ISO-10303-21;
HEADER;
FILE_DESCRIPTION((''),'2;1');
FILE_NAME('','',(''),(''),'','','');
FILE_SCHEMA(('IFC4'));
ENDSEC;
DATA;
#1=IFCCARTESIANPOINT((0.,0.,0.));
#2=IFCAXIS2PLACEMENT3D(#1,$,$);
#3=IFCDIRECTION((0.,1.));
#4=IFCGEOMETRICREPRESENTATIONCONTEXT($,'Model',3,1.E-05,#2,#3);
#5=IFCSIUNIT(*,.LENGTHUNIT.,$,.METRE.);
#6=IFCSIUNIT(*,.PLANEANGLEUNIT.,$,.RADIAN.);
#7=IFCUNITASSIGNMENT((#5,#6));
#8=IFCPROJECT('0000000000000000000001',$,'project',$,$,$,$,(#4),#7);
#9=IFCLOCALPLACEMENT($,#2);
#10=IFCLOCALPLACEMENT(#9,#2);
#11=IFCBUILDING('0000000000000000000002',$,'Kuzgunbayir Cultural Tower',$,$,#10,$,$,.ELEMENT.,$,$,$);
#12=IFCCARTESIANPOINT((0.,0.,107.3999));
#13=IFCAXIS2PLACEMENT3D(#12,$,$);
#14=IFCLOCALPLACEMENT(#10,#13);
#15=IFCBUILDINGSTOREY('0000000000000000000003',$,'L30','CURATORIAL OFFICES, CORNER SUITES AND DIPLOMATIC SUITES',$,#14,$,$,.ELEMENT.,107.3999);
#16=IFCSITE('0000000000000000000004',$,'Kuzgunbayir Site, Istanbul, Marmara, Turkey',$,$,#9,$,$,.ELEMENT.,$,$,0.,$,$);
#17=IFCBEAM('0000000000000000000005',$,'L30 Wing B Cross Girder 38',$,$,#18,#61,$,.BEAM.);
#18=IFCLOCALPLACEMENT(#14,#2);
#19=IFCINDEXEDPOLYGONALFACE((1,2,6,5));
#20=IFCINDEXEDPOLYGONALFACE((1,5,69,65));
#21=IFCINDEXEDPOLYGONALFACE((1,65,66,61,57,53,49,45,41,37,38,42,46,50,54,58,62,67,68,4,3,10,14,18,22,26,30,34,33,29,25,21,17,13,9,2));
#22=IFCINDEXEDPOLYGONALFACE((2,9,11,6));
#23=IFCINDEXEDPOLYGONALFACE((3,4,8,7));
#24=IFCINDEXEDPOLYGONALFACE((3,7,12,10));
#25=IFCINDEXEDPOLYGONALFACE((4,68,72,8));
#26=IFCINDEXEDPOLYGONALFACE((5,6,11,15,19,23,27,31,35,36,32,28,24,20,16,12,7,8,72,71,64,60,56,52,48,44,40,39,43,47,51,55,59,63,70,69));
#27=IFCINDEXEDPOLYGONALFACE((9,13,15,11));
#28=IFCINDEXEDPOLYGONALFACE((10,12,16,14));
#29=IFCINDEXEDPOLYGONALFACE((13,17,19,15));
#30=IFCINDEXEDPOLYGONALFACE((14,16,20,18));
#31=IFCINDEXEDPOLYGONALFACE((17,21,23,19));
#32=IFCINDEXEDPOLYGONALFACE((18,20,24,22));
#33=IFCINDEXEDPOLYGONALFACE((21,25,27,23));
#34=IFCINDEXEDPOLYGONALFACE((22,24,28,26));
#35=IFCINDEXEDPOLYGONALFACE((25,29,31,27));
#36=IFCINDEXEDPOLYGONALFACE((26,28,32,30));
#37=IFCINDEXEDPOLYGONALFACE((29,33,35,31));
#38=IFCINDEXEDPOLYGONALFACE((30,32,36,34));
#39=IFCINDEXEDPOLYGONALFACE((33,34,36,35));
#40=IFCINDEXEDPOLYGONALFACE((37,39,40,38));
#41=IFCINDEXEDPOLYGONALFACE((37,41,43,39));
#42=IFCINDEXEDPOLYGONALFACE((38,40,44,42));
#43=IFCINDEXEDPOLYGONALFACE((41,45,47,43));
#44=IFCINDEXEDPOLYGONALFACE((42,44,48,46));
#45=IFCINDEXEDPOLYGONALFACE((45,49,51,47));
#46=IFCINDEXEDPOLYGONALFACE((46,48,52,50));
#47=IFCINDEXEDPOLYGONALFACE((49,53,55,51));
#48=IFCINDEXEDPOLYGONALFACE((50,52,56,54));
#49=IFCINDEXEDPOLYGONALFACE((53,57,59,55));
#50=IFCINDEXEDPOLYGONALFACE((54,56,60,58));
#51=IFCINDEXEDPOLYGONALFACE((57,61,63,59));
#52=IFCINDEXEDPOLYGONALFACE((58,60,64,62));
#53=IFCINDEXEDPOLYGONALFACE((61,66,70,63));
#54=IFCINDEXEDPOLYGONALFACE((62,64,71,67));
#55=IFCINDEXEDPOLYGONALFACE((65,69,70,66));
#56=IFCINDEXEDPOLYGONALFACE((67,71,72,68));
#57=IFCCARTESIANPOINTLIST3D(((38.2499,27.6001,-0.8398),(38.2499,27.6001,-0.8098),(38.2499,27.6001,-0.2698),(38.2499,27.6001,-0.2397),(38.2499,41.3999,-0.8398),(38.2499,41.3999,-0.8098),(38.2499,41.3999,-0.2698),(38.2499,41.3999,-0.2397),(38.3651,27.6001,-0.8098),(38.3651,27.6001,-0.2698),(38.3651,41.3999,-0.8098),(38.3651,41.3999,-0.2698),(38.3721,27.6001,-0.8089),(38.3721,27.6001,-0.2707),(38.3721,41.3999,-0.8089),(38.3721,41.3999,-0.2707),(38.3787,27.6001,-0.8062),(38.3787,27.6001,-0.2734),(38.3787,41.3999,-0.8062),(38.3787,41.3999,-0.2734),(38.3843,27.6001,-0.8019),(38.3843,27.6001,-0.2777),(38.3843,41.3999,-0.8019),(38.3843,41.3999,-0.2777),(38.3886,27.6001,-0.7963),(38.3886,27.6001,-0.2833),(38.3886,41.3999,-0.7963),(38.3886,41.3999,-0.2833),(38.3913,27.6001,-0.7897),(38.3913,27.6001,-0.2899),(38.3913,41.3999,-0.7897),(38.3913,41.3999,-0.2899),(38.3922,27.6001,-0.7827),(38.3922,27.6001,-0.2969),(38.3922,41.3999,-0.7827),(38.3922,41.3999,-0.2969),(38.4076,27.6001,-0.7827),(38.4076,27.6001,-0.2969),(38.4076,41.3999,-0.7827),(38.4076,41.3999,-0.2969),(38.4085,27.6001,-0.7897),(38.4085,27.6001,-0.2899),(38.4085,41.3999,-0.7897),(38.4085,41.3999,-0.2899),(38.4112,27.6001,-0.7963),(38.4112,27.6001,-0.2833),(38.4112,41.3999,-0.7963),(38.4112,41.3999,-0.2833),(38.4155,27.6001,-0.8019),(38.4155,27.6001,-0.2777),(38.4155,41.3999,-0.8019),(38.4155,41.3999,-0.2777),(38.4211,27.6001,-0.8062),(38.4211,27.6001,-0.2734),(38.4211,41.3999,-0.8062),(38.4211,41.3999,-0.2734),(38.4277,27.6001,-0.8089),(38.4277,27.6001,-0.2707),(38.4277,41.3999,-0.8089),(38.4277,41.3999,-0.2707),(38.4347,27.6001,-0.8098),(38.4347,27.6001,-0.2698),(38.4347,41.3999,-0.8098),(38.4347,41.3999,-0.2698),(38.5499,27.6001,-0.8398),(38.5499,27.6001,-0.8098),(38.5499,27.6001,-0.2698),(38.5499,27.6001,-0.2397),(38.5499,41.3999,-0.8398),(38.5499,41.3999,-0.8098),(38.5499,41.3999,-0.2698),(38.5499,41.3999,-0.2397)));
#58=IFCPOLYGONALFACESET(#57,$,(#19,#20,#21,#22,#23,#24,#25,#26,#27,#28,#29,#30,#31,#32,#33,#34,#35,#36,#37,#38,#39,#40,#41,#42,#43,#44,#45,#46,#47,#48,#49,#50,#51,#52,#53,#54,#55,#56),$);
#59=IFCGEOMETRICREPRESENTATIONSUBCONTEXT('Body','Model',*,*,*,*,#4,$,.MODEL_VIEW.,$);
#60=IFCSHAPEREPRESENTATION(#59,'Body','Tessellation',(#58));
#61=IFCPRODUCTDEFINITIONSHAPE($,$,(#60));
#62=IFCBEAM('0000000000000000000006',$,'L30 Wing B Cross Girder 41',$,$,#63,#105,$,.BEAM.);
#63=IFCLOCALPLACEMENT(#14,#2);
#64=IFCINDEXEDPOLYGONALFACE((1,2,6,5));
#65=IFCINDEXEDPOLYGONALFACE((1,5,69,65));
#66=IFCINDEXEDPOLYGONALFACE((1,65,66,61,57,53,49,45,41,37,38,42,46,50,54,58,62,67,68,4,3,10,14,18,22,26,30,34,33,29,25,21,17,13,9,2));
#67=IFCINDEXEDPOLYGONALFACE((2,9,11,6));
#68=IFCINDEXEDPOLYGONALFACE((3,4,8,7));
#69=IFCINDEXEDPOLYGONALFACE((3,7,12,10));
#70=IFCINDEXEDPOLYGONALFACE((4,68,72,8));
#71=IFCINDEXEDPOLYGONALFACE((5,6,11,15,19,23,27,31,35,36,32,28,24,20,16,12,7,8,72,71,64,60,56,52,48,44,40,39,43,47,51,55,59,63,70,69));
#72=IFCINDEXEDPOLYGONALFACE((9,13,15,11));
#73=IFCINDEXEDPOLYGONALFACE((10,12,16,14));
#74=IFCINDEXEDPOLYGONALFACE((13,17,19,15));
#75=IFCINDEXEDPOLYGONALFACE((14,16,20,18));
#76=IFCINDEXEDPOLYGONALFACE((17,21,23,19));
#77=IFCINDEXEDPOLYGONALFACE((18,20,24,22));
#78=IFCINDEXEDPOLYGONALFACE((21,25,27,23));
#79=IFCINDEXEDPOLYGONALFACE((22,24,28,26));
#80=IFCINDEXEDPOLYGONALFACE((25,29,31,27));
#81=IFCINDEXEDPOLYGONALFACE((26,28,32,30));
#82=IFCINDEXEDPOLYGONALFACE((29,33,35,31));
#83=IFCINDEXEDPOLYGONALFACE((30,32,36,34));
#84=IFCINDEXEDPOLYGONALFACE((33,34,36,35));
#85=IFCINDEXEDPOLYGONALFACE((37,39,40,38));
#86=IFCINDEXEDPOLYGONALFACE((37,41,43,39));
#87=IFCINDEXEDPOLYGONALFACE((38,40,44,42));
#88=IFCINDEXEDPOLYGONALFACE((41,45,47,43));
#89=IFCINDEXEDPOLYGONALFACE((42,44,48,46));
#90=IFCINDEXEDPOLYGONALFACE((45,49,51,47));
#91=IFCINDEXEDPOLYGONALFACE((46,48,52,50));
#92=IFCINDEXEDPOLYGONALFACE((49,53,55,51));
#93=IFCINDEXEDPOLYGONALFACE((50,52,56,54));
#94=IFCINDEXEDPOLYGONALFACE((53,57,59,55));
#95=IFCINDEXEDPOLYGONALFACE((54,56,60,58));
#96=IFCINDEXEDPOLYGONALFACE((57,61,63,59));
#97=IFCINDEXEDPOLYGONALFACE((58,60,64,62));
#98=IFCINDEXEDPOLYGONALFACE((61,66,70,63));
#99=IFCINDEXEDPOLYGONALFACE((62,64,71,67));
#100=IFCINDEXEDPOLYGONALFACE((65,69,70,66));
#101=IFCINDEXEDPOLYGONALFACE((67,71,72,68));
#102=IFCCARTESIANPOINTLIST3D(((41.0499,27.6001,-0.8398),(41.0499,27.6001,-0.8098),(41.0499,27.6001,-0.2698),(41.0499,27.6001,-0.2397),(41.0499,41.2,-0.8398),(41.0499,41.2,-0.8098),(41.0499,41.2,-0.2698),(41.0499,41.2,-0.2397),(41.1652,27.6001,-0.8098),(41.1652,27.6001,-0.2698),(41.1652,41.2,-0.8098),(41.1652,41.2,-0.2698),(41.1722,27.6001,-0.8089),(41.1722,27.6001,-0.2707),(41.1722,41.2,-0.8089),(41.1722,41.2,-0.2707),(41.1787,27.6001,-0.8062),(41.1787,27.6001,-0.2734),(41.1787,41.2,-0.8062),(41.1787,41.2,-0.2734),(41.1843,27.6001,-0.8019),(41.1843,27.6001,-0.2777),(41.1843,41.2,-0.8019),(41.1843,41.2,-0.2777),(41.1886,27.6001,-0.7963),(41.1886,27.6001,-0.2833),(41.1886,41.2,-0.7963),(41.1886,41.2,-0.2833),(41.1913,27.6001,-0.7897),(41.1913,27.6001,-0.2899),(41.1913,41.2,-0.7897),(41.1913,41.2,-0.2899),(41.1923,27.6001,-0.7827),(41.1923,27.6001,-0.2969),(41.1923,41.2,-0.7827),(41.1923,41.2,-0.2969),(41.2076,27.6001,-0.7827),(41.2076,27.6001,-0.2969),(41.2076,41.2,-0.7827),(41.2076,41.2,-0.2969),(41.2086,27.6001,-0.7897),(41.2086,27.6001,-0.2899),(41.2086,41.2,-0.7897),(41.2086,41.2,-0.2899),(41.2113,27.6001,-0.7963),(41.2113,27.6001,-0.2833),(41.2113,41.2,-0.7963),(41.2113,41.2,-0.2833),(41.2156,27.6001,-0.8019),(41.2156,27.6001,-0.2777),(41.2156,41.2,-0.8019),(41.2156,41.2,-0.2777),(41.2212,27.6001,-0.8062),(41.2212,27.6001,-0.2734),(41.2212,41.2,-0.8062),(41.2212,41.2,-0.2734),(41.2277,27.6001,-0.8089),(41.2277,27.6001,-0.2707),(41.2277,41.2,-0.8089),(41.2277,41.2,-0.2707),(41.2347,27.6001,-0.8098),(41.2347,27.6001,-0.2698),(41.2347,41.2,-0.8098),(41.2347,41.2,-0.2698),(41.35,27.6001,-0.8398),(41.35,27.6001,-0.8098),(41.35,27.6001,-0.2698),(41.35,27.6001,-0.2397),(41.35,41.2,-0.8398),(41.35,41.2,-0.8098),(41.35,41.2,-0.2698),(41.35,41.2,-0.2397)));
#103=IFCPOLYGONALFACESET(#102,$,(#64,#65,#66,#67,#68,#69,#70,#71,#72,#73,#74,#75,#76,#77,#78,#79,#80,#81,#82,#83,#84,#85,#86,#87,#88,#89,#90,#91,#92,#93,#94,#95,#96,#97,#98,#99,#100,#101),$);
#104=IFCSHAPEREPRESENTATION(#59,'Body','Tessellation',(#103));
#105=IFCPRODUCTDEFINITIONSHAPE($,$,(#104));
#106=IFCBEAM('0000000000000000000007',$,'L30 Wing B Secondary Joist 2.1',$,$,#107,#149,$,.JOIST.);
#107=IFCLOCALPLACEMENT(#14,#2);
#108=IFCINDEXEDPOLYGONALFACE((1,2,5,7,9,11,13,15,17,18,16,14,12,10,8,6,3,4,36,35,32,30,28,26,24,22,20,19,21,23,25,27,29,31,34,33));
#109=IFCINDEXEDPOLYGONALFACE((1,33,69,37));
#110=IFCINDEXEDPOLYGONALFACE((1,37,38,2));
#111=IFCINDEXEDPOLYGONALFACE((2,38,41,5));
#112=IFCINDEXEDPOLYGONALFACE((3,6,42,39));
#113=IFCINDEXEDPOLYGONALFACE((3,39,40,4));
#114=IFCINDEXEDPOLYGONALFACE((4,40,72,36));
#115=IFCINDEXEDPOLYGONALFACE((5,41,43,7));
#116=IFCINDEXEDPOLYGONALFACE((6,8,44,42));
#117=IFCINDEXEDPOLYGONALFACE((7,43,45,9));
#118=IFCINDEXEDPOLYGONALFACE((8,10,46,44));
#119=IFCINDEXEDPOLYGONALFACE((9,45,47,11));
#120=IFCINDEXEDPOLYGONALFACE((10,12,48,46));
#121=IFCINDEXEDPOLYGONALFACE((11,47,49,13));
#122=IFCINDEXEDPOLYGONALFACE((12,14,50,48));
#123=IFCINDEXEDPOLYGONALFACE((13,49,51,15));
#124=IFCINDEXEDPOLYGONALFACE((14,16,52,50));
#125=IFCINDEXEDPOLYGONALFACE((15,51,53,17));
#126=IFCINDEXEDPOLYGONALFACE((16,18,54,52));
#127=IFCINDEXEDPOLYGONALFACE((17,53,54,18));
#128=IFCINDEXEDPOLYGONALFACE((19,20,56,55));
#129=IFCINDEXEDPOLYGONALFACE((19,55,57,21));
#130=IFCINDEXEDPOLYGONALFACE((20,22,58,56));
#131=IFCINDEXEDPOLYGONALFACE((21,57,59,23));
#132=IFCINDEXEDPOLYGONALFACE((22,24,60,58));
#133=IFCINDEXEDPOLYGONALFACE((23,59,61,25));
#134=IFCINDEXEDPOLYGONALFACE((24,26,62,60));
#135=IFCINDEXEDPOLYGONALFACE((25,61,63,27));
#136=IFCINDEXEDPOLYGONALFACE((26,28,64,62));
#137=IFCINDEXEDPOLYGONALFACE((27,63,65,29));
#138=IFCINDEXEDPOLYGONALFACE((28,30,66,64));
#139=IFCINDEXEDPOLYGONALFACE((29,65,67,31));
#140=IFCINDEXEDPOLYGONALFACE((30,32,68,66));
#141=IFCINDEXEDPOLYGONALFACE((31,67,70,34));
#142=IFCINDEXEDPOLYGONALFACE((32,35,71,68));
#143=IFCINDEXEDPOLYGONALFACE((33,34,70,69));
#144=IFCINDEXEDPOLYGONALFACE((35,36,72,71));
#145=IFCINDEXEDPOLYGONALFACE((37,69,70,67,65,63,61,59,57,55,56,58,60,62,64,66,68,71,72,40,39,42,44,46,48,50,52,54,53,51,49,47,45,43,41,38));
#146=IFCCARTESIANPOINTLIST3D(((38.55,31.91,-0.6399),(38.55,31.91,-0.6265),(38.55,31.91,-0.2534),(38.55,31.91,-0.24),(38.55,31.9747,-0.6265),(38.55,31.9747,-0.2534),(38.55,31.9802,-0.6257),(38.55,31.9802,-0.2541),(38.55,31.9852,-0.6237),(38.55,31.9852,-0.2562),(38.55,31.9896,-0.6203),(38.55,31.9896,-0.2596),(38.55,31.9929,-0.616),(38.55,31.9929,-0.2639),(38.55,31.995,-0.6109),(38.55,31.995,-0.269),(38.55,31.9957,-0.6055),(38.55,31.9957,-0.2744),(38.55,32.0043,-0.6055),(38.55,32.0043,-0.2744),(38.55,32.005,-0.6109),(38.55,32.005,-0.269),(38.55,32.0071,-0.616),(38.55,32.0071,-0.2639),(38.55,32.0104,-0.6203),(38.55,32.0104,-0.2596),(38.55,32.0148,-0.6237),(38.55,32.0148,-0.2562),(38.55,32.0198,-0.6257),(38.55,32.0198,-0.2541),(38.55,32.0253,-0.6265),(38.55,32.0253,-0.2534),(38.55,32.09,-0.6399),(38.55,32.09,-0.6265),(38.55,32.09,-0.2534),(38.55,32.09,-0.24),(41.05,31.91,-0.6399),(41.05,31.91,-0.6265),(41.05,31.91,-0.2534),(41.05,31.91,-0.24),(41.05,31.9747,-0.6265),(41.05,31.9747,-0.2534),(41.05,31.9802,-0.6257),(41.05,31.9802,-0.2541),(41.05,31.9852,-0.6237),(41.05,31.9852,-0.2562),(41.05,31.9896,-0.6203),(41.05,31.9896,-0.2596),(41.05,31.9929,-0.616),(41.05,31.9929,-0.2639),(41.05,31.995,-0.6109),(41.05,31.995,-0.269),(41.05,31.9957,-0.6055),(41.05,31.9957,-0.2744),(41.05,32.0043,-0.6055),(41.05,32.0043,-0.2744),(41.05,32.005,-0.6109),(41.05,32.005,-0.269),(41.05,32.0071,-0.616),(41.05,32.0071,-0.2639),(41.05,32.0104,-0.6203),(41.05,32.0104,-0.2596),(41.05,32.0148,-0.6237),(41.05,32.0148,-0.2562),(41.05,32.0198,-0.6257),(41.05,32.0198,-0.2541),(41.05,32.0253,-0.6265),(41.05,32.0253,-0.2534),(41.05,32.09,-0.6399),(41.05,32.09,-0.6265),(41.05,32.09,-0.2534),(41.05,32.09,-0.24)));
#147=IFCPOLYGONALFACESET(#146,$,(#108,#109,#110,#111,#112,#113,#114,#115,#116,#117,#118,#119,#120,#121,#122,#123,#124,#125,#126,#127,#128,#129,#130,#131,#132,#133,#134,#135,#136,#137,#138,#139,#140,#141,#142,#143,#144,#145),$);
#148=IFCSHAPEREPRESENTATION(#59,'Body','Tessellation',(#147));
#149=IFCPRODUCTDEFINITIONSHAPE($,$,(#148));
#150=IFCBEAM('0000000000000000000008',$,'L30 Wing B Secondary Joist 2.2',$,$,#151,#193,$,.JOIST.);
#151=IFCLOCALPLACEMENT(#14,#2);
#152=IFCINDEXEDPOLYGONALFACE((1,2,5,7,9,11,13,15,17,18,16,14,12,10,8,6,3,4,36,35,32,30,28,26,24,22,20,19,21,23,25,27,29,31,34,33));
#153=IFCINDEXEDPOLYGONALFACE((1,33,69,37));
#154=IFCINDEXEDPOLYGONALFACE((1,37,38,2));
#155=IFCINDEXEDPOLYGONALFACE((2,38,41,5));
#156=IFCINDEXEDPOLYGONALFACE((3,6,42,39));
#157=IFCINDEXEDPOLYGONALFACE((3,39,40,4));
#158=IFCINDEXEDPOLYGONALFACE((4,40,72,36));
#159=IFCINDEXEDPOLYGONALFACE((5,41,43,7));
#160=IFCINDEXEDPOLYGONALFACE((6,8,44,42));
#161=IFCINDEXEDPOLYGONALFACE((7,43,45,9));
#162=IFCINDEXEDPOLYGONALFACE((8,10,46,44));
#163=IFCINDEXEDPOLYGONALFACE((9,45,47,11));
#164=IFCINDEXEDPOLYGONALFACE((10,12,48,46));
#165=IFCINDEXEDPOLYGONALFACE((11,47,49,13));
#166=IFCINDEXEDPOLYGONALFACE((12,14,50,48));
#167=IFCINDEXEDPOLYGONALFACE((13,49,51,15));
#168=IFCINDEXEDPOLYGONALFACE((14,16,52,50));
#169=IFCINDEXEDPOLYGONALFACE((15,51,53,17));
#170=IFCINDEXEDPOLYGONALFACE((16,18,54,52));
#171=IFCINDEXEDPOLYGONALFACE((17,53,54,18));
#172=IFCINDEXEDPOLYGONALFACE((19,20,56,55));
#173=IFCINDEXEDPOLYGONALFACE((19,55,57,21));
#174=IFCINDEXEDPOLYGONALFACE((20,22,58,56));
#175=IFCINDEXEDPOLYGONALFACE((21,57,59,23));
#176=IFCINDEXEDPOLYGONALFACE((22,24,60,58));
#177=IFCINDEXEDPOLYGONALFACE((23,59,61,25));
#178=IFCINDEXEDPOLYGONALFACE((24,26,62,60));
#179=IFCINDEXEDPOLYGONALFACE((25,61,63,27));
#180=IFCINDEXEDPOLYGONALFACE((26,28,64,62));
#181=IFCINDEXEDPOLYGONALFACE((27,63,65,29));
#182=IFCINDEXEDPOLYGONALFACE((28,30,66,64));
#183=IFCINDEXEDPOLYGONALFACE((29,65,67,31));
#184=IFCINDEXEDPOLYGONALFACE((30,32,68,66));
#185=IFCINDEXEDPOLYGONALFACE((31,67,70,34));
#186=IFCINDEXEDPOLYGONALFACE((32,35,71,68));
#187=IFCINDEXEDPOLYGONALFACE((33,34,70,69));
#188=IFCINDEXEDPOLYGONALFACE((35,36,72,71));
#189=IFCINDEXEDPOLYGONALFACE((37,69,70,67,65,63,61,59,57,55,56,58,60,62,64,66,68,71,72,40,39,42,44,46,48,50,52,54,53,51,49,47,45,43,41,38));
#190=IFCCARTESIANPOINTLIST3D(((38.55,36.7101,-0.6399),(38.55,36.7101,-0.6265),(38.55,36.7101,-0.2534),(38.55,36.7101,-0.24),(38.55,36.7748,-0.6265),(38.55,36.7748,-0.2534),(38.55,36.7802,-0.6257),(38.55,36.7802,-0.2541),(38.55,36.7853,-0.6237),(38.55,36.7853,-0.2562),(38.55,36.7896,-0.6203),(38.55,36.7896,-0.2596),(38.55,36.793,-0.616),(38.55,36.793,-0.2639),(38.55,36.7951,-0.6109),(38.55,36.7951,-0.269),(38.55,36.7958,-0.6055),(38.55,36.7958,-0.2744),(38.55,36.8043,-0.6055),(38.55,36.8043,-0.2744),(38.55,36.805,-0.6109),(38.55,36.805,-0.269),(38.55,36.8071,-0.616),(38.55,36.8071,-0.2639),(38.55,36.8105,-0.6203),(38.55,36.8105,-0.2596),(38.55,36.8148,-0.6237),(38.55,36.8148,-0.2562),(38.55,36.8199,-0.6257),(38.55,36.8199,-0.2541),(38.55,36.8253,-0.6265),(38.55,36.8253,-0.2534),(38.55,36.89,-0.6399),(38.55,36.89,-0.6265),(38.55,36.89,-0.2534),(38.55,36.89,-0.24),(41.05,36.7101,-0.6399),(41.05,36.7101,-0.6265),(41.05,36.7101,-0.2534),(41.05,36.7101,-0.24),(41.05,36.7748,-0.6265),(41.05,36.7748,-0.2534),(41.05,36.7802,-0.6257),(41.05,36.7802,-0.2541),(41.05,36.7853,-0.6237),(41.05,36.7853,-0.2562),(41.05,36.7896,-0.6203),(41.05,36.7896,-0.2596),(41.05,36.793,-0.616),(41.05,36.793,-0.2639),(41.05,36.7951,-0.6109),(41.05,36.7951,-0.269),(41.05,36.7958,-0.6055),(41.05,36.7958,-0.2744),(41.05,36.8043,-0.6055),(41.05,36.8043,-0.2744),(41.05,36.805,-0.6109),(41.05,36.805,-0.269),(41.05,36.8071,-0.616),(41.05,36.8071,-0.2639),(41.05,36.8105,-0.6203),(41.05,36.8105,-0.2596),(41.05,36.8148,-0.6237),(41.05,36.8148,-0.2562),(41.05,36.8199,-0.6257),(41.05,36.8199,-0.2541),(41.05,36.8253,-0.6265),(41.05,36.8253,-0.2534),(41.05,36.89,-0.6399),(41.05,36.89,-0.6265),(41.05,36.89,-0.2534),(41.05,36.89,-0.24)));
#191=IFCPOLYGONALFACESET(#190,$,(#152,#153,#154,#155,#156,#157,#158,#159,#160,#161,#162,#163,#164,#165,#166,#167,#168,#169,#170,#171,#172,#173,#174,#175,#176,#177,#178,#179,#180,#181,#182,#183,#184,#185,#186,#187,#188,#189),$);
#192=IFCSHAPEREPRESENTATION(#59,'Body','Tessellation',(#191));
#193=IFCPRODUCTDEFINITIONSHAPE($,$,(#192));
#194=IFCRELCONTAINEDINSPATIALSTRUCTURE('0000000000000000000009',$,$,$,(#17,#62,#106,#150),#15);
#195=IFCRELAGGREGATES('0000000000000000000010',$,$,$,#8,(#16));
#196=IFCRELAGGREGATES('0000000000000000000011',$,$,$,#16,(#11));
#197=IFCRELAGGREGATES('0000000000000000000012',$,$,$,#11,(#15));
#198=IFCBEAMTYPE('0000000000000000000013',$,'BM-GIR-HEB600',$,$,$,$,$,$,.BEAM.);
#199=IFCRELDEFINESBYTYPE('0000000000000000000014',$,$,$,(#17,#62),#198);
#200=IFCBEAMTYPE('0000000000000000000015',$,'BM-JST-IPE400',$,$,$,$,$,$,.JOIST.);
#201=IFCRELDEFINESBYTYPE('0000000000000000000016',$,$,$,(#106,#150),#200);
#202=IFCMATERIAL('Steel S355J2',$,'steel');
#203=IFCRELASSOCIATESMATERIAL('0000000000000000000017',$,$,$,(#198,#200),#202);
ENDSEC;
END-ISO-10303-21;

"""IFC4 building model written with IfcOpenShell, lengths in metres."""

from ifc_helpers import new_model, si_unit, direction, frame, origin, origin_2d, place, context, subcontext, project, spatial, i_section, extrude, material, material_profile, profile_set, type_object, element, save


model = new_model("IFC4")

# Units and contexts
model_context = context("Model", 3, precision=1e-05, world=origin(), true_north=direction((0.0, 1.0)))
body_context = subcontext(model_context, "Body", "Model", "MODEL_VIEW")
ifc_project = project(units=[si_unit("LENGTHUNIT", "METRE"), si_unit("PLANEANGLEUNIT", "RADIAN")], contexts=[model_context])

# Site, building, storey
site_placement = place(None, origin())
site = spatial("IfcSite", under=ifc_project, at=site_placement, Name="Kuzgunbayir Site, Istanbul, Marmara, Turkey", CompositionType="ELEMENT", RefElevation=0.0)
building_placement = place(site_placement, origin())
building = spatial("IfcBuilding", under=site, at=building_placement, Name="Kuzgunbayir Cultural Tower", CompositionType="ELEMENT")
storey_placement = place(building_placement, frame((0.0, 0.0, 107.3999)))
storey = spatial("IfcBuildingStorey", under=building, at=storey_placement, Name="L30", Description="CURATORIAL OFFICES, CORNER SUITES AND DIPLOMATIC SUITES", CompositionType="ELEMENT", Elevation=107.3999)

# Beams
ifc_material_1 = material(Name="Steel S355J2", Category="steel")
ifc_material_profile_1 = material_profile(ifc_material_1, i_section(OverallWidth=0.3, OverallDepth=0.6001, WebThickness=0.0154, FlangeThickness=0.03, FilletRadius=0.0271, at=origin_2d()), Name="HEB 600")
ifc_profile_set_1 = profile_set([ifc_material_profile_1], Name="Steel S355J2")
beam_type_1 = type_object("IfcBeamType", Name="BM-GIR-HEB600", PredefinedType="BEAM", material=ifc_profile_set_1)
beam_1_placement = place(storey_placement, frame((38.3999, 27.6001, -0.5398), z_axis=(0.0, 1.0, 0.0), x_axis=(-1.0, 0.0, 0.0)))
element("IfcBeam", 1, at=beam_1_placement, inside=storey, type_object=beam_type_1, Name="L30 Wing B Cross Girder 38", PredefinedType="BEAM", context=body_context, shape_type="SweptSolid", body=[
    extrude(i_section(OverallWidth=0.3, OverallDepth=0.6001, WebThickness=0.0154, FlangeThickness=0.03, FilletRadius=0.0271, at=origin_2d()), origin(), (0.0, 0.0, 1.0), 13.7998),
])
beam_2_placement = place(storey_placement, frame((41.2, 27.6001, -0.5398), z_axis=(0.0, 1.0, 0.0), x_axis=(-1.0, 0.0, 0.0)))
element("IfcBeam", 2, at=beam_2_placement, inside=storey, type_object=beam_type_1, Name="L30 Wing B Cross Girder 41", PredefinedType="BEAM", context=body_context, shape_type="SweptSolid", body=[
    extrude(i_section(OverallWidth=0.3, OverallDepth=0.6001, WebThickness=0.0154, FlangeThickness=0.03, FilletRadius=0.0271, at=origin_2d()), origin(), (0.0, 0.0, 1.0), 13.5999),
])
ifc_material_profile_2 = material_profile(ifc_material_1, i_section(OverallWidth=0.1799, OverallDepth=0.3999, WebThickness=0.0085, FlangeThickness=0.0134, FilletRadius=0.021, at=origin_2d()), Name="IPE 400")
ifc_profile_set_2 = profile_set([ifc_material_profile_2], Name="Steel S355J2")
beam_type_2 = type_object("IfcBeamType", Name="BM-JST-IPE400", PredefinedType="JOIST", material=ifc_profile_set_2)
for number, where, z_axis, x_axis, name in (
    (3, (38.55, 32.0, -0.4399), (1.0, 0.0, 0.0), (0.0, 1.0, 0.0), "L30 Wing B Secondary Joist 2.1"),
    (4, (38.55, 36.8, -0.4399), (1.0, 0.0, 0.0), (0.0, 1.0, 0.0), "L30 Wing B Secondary Joist 2.2"),
):
    element("IfcBeam", number, at=place(storey_placement, frame(where, z_axis=z_axis, x_axis=x_axis)), inside=storey, type_object=beam_type_2, Name=name, PredefinedType="JOIST", context=body_context, shape_type="SweptSolid", body=[
        extrude(i_section(OverallWidth=0.1799, OverallDepth=0.3999, WebThickness=0.0085, FlangeThickness=0.0134, FilletRadius=0.021, at=origin_2d()), origin(), (0.0, 0.0, 1.0), 2.5),
    ])

save(model, "model.ifc")
